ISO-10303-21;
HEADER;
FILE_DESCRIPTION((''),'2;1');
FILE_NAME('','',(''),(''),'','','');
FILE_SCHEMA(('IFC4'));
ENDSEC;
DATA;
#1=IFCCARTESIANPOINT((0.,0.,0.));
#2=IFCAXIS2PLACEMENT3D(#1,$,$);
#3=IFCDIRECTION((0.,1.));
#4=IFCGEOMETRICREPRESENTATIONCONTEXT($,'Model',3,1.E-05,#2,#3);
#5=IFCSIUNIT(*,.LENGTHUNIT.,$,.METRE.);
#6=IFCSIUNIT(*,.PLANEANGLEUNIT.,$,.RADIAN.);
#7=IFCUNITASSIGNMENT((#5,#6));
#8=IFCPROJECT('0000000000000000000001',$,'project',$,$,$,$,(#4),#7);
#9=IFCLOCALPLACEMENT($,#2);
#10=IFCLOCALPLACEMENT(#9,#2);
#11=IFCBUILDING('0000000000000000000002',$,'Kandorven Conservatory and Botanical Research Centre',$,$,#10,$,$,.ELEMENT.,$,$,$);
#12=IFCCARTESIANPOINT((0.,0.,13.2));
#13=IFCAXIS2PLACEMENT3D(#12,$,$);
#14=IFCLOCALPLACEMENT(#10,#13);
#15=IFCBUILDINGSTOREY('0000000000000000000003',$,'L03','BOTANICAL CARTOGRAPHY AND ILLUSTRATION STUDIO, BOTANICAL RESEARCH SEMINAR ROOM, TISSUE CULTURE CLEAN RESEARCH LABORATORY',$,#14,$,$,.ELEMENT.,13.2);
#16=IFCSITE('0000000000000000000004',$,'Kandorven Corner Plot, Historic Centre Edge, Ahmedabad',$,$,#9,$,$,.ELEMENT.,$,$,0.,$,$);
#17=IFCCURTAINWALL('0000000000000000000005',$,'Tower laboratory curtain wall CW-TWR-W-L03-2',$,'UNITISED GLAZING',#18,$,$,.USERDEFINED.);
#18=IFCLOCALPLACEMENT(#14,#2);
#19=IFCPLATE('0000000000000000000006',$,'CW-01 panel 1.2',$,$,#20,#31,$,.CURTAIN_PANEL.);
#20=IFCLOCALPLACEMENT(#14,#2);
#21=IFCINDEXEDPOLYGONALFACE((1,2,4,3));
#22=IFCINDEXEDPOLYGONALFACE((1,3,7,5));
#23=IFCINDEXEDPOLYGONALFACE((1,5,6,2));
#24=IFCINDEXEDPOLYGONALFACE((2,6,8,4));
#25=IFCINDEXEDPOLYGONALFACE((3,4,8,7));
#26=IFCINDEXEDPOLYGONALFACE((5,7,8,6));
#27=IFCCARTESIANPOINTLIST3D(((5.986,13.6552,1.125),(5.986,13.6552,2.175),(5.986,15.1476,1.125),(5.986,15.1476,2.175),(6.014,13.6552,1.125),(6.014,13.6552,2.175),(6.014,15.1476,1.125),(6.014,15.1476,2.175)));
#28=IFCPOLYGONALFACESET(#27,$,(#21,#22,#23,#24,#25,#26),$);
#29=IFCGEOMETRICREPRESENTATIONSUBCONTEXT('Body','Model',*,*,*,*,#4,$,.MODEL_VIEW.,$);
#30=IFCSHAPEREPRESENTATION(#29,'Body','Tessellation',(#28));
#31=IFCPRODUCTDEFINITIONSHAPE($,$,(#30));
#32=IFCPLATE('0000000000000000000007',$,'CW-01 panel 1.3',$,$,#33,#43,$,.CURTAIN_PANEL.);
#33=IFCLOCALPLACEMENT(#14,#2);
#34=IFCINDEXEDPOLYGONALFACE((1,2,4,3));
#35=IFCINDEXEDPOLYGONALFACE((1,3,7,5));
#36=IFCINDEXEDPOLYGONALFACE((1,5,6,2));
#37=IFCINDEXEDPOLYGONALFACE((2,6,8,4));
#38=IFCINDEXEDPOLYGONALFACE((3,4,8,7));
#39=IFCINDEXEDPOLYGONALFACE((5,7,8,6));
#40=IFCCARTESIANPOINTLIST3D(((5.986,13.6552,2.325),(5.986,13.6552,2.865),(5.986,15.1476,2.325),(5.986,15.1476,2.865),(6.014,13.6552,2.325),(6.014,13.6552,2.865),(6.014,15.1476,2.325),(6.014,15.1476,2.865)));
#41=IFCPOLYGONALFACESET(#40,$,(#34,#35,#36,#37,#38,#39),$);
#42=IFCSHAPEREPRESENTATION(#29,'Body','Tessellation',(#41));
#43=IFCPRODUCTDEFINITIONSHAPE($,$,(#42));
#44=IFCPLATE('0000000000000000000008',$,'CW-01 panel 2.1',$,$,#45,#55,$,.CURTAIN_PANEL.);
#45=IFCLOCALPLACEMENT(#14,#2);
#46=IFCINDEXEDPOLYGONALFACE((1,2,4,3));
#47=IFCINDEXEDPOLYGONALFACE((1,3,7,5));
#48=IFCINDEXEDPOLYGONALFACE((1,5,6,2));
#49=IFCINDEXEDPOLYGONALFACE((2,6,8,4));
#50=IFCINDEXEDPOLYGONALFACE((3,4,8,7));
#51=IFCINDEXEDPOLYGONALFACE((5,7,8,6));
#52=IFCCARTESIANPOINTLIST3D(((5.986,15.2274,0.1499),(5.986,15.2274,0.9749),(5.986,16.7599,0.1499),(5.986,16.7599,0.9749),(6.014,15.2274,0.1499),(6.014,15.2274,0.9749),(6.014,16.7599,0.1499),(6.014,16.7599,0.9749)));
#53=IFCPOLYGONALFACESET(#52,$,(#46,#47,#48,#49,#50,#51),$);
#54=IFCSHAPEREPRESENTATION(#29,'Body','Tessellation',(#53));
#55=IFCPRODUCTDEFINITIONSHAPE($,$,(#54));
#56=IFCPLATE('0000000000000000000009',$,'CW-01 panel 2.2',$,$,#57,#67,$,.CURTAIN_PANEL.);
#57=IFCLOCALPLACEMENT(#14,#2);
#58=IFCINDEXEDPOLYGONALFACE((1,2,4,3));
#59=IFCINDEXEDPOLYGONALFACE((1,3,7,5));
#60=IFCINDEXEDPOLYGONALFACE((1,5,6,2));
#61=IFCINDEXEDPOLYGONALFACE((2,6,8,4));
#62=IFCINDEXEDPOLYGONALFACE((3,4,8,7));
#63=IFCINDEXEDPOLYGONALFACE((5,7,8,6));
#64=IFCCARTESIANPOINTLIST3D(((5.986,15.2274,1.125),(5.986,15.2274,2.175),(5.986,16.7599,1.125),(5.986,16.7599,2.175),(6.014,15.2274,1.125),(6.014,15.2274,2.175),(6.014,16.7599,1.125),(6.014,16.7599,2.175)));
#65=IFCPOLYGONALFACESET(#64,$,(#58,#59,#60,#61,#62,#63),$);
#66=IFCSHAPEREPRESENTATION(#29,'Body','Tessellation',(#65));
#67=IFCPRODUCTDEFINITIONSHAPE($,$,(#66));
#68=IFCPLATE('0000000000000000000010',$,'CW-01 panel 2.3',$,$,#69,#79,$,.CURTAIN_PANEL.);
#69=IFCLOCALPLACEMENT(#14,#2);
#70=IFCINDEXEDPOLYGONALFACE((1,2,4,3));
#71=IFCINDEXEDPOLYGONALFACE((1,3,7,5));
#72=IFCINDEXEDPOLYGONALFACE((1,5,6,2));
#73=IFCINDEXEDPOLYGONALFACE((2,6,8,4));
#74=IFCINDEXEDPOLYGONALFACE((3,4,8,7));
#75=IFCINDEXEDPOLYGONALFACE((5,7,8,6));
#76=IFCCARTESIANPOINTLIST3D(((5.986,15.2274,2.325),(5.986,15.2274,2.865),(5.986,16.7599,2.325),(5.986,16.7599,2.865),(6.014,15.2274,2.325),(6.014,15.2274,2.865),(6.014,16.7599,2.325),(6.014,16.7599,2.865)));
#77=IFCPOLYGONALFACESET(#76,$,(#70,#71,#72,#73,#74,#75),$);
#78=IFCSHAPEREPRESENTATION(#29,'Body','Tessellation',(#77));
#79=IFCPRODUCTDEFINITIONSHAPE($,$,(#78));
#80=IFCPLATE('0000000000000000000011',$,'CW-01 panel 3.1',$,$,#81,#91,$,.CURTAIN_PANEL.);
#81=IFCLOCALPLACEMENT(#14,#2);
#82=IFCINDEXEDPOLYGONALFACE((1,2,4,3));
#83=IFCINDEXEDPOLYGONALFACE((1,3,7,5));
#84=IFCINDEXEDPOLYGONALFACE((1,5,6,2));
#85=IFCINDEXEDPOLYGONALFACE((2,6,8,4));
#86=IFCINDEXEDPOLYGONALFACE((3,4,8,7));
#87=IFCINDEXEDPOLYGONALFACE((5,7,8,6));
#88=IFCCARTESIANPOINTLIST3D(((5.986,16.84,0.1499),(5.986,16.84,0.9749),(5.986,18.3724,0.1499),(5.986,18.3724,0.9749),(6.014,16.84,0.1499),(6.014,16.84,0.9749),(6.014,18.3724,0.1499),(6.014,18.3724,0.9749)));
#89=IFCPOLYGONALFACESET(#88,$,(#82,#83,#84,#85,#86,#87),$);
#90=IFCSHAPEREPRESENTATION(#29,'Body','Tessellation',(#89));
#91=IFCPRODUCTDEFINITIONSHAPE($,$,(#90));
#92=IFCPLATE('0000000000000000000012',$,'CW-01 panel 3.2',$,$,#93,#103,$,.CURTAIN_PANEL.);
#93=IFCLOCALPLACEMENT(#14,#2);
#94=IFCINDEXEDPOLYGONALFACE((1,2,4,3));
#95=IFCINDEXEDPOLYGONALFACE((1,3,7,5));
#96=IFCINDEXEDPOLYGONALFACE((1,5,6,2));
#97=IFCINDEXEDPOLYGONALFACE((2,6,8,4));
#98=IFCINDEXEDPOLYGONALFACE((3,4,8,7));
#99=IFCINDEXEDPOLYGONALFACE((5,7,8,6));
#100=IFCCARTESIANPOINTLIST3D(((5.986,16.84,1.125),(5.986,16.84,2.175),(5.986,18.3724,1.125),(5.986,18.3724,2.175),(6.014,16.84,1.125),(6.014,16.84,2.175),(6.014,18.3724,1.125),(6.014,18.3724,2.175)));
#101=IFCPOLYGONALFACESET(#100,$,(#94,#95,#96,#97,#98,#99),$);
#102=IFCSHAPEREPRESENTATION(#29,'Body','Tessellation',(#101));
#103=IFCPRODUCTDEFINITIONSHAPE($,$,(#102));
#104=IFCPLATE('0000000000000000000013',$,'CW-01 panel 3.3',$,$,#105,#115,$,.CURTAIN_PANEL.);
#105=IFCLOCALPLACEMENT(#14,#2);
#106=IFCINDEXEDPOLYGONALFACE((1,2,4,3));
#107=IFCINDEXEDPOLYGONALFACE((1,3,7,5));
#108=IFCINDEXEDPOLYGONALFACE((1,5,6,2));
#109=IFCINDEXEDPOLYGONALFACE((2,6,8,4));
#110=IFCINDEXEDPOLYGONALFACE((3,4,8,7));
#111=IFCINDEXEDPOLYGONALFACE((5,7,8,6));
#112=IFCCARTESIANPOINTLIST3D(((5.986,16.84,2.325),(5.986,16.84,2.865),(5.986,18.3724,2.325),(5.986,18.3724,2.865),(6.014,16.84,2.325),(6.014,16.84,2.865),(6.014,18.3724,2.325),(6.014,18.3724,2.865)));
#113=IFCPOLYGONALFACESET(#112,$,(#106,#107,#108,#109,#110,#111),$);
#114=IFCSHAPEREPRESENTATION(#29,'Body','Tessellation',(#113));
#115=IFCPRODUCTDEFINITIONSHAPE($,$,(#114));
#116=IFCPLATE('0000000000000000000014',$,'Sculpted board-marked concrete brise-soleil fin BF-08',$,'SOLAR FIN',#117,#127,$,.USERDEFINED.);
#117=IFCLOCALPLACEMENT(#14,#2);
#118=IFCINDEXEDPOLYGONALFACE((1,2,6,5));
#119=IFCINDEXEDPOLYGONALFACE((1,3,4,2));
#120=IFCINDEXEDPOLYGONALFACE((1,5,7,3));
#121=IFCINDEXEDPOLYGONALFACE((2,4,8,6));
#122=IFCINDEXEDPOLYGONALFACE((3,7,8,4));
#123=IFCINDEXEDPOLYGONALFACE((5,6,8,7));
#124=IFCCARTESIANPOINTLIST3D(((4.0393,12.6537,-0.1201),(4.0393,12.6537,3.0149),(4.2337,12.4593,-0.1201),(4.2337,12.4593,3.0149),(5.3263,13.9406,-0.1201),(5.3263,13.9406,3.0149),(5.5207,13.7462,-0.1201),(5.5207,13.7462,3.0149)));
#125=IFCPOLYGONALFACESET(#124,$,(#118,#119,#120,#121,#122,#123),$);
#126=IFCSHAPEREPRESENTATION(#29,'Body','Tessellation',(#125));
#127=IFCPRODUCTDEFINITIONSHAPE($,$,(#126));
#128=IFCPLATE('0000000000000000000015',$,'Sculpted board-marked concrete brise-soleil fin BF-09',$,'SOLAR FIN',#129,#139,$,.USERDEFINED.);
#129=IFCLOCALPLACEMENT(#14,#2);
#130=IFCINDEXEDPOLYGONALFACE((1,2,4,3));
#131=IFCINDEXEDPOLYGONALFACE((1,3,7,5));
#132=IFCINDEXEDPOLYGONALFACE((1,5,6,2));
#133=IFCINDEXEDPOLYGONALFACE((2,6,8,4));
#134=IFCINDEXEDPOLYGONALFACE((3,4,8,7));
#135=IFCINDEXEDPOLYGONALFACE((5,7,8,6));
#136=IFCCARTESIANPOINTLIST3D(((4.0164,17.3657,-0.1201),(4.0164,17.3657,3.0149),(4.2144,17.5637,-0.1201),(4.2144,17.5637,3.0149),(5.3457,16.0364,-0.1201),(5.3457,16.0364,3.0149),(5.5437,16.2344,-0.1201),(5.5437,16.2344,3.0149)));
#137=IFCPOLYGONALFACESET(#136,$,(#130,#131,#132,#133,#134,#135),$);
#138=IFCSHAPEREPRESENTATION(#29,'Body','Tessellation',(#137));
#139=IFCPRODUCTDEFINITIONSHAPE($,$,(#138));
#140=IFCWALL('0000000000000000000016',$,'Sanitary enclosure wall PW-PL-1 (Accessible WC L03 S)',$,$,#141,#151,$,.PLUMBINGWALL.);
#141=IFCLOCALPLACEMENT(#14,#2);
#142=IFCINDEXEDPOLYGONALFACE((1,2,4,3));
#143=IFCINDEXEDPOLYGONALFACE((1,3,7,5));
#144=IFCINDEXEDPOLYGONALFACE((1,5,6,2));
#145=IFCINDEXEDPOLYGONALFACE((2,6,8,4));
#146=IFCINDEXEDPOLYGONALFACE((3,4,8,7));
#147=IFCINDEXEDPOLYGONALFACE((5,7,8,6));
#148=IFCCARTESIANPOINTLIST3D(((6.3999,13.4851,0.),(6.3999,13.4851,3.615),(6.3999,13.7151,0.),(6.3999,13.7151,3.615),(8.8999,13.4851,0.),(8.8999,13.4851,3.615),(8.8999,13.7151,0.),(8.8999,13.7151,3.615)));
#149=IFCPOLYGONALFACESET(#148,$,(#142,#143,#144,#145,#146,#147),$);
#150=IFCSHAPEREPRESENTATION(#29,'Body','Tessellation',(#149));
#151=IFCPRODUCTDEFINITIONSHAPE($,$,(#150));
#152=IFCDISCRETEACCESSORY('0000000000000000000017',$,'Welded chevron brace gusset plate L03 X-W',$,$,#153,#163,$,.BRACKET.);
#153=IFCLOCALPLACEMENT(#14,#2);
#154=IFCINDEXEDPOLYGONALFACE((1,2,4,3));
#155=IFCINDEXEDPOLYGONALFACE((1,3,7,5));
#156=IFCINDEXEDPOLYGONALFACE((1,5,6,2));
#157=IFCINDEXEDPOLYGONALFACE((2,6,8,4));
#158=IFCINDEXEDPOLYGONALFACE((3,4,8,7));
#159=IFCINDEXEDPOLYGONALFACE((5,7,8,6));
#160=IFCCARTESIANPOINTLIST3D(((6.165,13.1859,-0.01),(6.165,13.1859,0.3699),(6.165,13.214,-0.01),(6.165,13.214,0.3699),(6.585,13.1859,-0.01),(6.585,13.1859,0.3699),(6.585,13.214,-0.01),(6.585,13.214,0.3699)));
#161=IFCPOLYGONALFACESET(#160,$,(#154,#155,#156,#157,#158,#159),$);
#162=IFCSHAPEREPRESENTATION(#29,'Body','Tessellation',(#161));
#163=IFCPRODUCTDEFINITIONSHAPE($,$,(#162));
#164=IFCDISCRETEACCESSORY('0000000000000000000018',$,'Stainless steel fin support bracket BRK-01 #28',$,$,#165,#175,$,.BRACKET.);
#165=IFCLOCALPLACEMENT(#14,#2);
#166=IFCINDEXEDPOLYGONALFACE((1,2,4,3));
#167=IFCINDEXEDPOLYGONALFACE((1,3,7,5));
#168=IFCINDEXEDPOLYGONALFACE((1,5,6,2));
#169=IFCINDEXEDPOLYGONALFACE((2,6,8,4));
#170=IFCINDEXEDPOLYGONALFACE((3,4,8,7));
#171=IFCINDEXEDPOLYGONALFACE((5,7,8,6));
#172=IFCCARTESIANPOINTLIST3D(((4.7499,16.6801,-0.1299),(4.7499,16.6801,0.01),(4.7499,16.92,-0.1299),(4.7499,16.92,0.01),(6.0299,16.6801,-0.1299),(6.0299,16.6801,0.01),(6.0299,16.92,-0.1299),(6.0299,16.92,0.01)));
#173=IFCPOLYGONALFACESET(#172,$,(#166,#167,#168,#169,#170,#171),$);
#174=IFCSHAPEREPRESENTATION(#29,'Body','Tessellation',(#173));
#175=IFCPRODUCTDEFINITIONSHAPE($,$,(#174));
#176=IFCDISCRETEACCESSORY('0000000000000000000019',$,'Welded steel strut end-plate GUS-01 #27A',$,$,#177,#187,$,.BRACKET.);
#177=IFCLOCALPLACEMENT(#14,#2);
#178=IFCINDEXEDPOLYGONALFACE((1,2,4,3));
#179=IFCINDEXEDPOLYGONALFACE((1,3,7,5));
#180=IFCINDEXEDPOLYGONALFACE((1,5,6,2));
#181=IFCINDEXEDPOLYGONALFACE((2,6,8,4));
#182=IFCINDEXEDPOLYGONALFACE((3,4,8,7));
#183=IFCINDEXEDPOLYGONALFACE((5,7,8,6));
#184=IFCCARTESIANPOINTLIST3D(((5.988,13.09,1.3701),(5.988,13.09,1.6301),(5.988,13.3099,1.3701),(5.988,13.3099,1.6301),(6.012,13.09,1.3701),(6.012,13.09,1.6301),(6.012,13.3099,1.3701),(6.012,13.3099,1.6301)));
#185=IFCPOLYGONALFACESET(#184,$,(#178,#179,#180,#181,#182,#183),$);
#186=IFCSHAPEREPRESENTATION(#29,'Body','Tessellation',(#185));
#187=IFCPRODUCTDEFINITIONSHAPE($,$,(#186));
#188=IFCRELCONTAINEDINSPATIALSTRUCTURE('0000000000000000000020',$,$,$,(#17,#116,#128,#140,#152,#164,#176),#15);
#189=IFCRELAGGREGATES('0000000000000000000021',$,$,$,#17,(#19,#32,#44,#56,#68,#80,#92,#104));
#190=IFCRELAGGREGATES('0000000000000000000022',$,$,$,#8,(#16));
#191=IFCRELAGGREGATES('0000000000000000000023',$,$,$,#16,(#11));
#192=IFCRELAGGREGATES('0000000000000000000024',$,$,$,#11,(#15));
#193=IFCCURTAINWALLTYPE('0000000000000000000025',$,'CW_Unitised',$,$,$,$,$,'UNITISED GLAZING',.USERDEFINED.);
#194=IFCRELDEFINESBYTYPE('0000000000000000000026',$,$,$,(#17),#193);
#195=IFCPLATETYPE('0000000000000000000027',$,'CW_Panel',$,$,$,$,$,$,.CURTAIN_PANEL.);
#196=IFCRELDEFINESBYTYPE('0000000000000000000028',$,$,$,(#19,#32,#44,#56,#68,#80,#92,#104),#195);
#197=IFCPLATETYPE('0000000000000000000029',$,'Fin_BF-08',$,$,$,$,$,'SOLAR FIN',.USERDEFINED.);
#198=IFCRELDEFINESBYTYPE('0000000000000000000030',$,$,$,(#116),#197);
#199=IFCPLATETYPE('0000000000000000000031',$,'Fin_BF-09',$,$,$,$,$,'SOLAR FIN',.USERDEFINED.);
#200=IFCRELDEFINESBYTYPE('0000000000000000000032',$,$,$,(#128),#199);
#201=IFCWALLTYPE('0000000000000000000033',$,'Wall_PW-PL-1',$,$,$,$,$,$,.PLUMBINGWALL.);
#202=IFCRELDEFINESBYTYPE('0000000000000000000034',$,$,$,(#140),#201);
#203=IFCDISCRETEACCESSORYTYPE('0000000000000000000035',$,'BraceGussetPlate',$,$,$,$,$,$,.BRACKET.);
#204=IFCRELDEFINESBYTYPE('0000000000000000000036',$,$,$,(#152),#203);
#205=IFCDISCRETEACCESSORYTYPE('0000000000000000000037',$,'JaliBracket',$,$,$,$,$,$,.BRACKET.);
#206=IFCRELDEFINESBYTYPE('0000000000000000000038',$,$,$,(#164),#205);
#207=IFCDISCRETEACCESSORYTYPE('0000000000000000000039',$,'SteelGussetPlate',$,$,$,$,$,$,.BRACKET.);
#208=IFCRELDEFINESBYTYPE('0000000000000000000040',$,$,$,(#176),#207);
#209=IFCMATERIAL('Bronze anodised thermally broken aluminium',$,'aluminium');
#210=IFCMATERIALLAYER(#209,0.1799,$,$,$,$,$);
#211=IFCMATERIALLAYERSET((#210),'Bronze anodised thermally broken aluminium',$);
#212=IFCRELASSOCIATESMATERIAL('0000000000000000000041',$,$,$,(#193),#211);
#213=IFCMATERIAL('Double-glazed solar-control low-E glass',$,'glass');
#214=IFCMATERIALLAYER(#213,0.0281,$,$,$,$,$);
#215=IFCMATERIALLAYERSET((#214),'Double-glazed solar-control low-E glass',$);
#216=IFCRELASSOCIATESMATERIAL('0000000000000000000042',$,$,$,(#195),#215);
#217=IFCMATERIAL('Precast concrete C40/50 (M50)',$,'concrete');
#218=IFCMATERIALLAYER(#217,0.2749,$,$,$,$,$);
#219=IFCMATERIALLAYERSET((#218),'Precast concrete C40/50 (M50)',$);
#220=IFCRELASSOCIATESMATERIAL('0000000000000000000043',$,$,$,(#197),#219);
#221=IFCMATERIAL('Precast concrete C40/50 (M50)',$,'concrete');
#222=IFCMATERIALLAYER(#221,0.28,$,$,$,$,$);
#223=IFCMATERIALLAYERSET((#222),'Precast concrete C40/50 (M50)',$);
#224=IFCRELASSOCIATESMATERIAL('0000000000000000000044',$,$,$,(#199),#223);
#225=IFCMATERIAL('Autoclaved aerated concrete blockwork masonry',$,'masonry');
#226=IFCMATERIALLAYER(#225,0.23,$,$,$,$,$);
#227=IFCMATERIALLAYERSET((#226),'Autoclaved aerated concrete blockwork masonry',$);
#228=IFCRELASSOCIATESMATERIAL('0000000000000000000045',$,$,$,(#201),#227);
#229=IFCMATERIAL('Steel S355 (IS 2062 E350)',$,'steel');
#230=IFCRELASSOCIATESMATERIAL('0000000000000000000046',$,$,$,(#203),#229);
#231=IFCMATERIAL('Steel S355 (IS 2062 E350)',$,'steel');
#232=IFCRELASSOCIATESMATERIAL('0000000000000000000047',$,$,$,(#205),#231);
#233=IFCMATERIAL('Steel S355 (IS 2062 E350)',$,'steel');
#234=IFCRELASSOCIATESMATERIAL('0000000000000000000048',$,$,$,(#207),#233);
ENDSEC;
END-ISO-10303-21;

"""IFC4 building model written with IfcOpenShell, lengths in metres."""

from ifc_helpers import new_model, si_unit, direction, frame, frame_2d, origin, origin_2d, place, context, subcontext, project, spatial, rectangle, extrude, material, layer, layer_set, type_object, element, aggregate, save


model = new_model("IFC4")

# Units and contexts
model_context = context("Model", 3, precision=1e-05, world=origin(), true_north=direction((0.0, 1.0)))
body_context = subcontext(model_context, "Body", "Model", "MODEL_VIEW")
ifc_project = project(units=[si_unit("LENGTHUNIT", "METRE"), si_unit("PLANEANGLEUNIT", "RADIAN")], contexts=[model_context])

# Site, building, storey
site_placement = place(None, origin())
site = spatial("IfcSite", under=ifc_project, at=site_placement, Name="Kandorven Corner Plot, Historic Centre Edge, Ahmedabad", CompositionType="ELEMENT", RefElevation=0.0)
building_placement = place(site_placement, origin())
building = spatial("IfcBuilding", under=site, at=building_placement, Name="Kandorven Conservatory and Botanical Research Centre", CompositionType="ELEMENT")
storey_placement = place(building_placement, frame((0.0, 0.0, 13.2)))
storey = spatial("IfcBuildingStorey", under=building, at=storey_placement, Name="L03", Description="BOTANICAL CARTOGRAPHY AND ILLUSTRATION STUDIO, BOTANICAL RESEARCH SEMINAR ROOM, TISSUE CULTURE CLEAN RESEARCH LABORATORY", CompositionType="ELEMENT", Elevation=13.2)

# Curtain wall
ifc_material_1 = material(Name="Bronze anodised thermally broken aluminium", Category="aluminium")
ifc_layer_1 = layer(ifc_material_1, 0.1799)
ifc_layer_set_1 = layer_set([ifc_layer_1], Name="Bronze anodised thermally broken aluminium")
curtain_wall_type = type_object("IfcCurtainWallType", Name="CW_Unitised", ElementType="UNITISED GLAZING", PredefinedType="USERDEFINED", material=ifc_layer_set_1)
curtain_wall_placement = place(storey_placement, origin())
curtain_wall = element("IfcCurtainWall", 1, at=curtain_wall_placement, inside=storey, type_object=curtain_wall_type, Name="Tower laboratory curtain wall CW-TWR-W-L03-2", ObjectType="UNITISED GLAZING", PredefinedType="USERDEFINED")

# Plates
ifc_material_2 = material(Name="Double-glazed solar-control low-E glass", Category="glass")
ifc_layer_2 = layer(ifc_material_2, 0.0281)
ifc_layer_set_2 = layer_set([ifc_layer_2], Name="Double-glazed solar-control low-E glass")
plate_type_1 = type_object("IfcPlateType", Name="CW_Panel", PredefinedType="CURTAIN_PANEL", material=ifc_layer_set_2)
plate_1_placement = place(storey_placement, frame((6.0, 14.4014, 1.125), z_axis=(0.0, 0.0, 1.0), x_axis=(0.0, 1.0, 0.0)))
plate_1 = element("IfcPlate", 2, at=plate_1_placement, type_object=plate_type_1, Name="CW-01 panel 1.2", PredefinedType="CURTAIN_PANEL", context=body_context, shape_type="SweptSolid", body=[
    extrude(rectangle(XDim=1.4924, YDim=0.0281, at=origin_2d()), origin(), (0.0, 0.0, 1.0), 1.05),
])
plate_2_placement = place(storey_placement, frame((6.0, 14.4014, 2.325), z_axis=(0.0, 0.0, 1.0), x_axis=(0.0, 1.0, 0.0)))
plate_2 = element("IfcPlate", 3, at=plate_2_placement, type_object=plate_type_1, Name="CW-01 panel 1.3", PredefinedType="CURTAIN_PANEL", context=body_context, shape_type="SweptSolid", body=[
    extrude(rectangle(XDim=1.4924, YDim=0.0281, at=origin_2d()), origin(), (0.0, 0.0, 1.0), 0.54),
])
plate_3_placement = place(storey_placement, frame((6.0, 15.9937, 0.1499), z_axis=(0.0, 0.0, 1.0), x_axis=(0.0, 1.0, 0.0)))
plate_3 = element("IfcPlate", 4, at=plate_3_placement, type_object=plate_type_1, Name="CW-01 panel 2.1", PredefinedType="CURTAIN_PANEL", context=body_context, shape_type="SweptSolid", body=[
    extrude(rectangle(XDim=1.5325, YDim=0.0281, at=origin_2d()), origin(), (0.0, 0.0, 1.0), 0.825),
])
plate_4_placement = place(storey_placement, frame((6.0, 15.9937, 1.125), z_axis=(0.0, 0.0, 1.0), x_axis=(0.0, 1.0, 0.0)))
plate_4 = element("IfcPlate", 5, at=plate_4_placement, type_object=plate_type_1, Name="CW-01 panel 2.2", PredefinedType="CURTAIN_PANEL", context=body_context, shape_type="SweptSolid", body=[
    extrude(rectangle(XDim=1.5325, YDim=0.0281, at=origin_2d()), origin(), (0.0, 0.0, 1.0), 1.05),
])
plate_5_placement = place(storey_placement, frame((6.0, 15.9937, 2.325), z_axis=(0.0, 0.0, 1.0), x_axis=(0.0, 1.0, 0.0)))
plate_5 = element("IfcPlate", 6, at=plate_5_placement, type_object=plate_type_1, Name="CW-01 panel 2.3", PredefinedType="CURTAIN_PANEL", context=body_context, shape_type="SweptSolid", body=[
    extrude(rectangle(XDim=1.5325, YDim=0.0281, at=origin_2d()), origin(), (0.0, 0.0, 1.0), 0.54),
])
plate_6_placement = place(storey_placement, frame((6.0, 17.6062, 0.1499), z_axis=(0.0, 0.0, 1.0), x_axis=(0.0, 1.0, 0.0)))
plate_6 = element("IfcPlate", 7, at=plate_6_placement, type_object=plate_type_1, Name="CW-01 panel 3.1", PredefinedType="CURTAIN_PANEL", context=body_context, shape_type="SweptSolid", body=[
    extrude(rectangle(XDim=1.5325, YDim=0.0281, at=origin_2d()), origin(), (0.0, 0.0, 1.0), 0.825),
])
plate_7_placement = place(storey_placement, frame((6.0, 17.6062, 1.125), z_axis=(0.0, 0.0, 1.0), x_axis=(0.0, 1.0, 0.0)))
plate_7 = element("IfcPlate", 8, at=plate_7_placement, type_object=plate_type_1, Name="CW-01 panel 3.2", PredefinedType="CURTAIN_PANEL", context=body_context, shape_type="SweptSolid", body=[
    extrude(rectangle(XDim=1.5325, YDim=0.0281, at=origin_2d()), origin(), (0.0, 0.0, 1.0), 1.05),
])
plate_8_placement = place(storey_placement, frame((6.0, 17.6062, 2.325), z_axis=(0.0, 0.0, 1.0), x_axis=(0.0, 1.0, 0.0)))
plate_8 = element("IfcPlate", 9, at=plate_8_placement, type_object=plate_type_1, Name="CW-01 panel 3.3", PredefinedType="CURTAIN_PANEL", context=body_context, shape_type="SweptSolid", body=[
    extrude(rectangle(XDim=1.5325, YDim=0.0281, at=origin_2d()), origin(), (0.0, 0.0, 1.0), 0.54),
])
aggregate(curtain_wall, [plate_1, plate_2, plate_3, plate_4, plate_5, plate_6, plate_7, plate_8])

# Plates
ifc_material_3 = material(Name="Precast concrete C40/50 (M50)", Category="concrete")
ifc_layer_3 = layer(ifc_material_3, 0.2749)
ifc_layer_set_3 = layer_set([ifc_layer_3], Name="Precast concrete C40/50 (M50)")
plate_type_2 = type_object("IfcPlateType", Name="Fin_BF-08", ElementType="SOLAR FIN", PredefinedType="USERDEFINED", material=ifc_layer_set_3)
plate_9_placement = place(storey_placement, frame((4.78, 13.2, -0.1201), z_axis=(0.0, 0.0, 1.0), x_axis=(0.707107, 0.707107, 0.0)))
element("IfcPlate", 10, at=plate_9_placement, inside=storey, type_object=plate_type_2, Name="Sculpted board-marked concrete brise-soleil fin BF-08", ObjectType="SOLAR FIN", PredefinedType="USERDEFINED", context=body_context, shape_type="SweptSolid", body=[
    extrude(rectangle(XDim=1.8201, YDim=0.2749, at=origin_2d()), origin(), (0.0, 0.0, 1.0), 3.135),
])
ifc_material_4 = material(Name="Precast concrete C40/50 (M50)", Category="concrete")
ifc_layer_4 = layer(ifc_material_4, 0.28)
ifc_layer_set_4 = layer_set([ifc_layer_4], Name="Precast concrete C40/50 (M50)")
plate_type_3 = type_object("IfcPlateType", Name="Fin_BF-09", ElementType="SOLAR FIN", PredefinedType="USERDEFINED", material=ifc_layer_set_4)
plate_10_placement = place(storey_placement, frame((4.78, 16.8, -0.1201), z_axis=(0.0, 0.0, 1.0), x_axis=(-0.707107, 0.707107, 0.0)))
element("IfcPlate", 11, at=plate_10_placement, inside=storey, type_object=plate_type_3, Name="Sculpted board-marked concrete brise-soleil fin BF-09", ObjectType="SOLAR FIN", PredefinedType="USERDEFINED", context=body_context, shape_type="SweptSolid", body=[
    extrude(rectangle(XDim=1.8799, YDim=0.28, at=origin_2d()), origin(), (0.0, 0.0, 1.0), 3.135),
])

# Wall
ifc_material_5 = material(Name="Autoclaved aerated concrete blockwork masonry", Category="masonry")
ifc_layer_5 = layer(ifc_material_5, 0.23)
ifc_layer_set_5 = layer_set([ifc_layer_5], Name="Autoclaved aerated concrete blockwork masonry")
wall_type = type_object("IfcWallType", Name="Wall_PW-PL-1", PredefinedType="PLUMBINGWALL", material=ifc_layer_set_5)
wall_placement = place(storey_placement, frame((6.3999, 13.6001, 0.0), z_axis=(0.0, 0.0, 1.0), x_axis=(1.0, 0.0, 0.0)))
element("IfcWall", 12, at=wall_placement, inside=storey, type_object=wall_type, Name="Sanitary enclosure wall PW-PL-1 (Accessible WC L03 S)", PredefinedType="PLUMBINGWALL", context=body_context, shape_type="SweptSolid", body=[
    extrude(rectangle(XDim=2.5, YDim=0.23, at=frame_2d((1.25, 0.0))), origin(), (0.0, 0.0, 1.0), 3.615),
])

# Discrete accessories
ifc_material_6 = material(Name="Steel S355 (IS 2062 E350)", Category="steel")
discrete_accessory_type_1 = type_object("IfcDiscreteAccessoryType", Name="BraceGussetPlate", PredefinedType="BRACKET", material=ifc_material_6)
discrete_accessory_1_placement = place(storey_placement, frame((6.375, 13.2, -0.01), z_axis=(0.0, 0.0, 1.0), x_axis=(1.0, 0.0, 0.0)))
element("IfcDiscreteAccessory", 13, at=discrete_accessory_1_placement, inside=storey, type_object=discrete_accessory_type_1, Name="Welded chevron brace gusset plate L03 X-W", PredefinedType="BRACKET", context=body_context, shape_type="SweptSolid", body=[
    extrude(rectangle(XDim=0.4199, YDim=0.0281, at=origin_2d()), origin(), (0.0, 0.0, 1.0), 0.3799),
])
ifc_material_7 = material(Name="Steel S355 (IS 2062 E350)", Category="steel")
discrete_accessory_type_2 = type_object("IfcDiscreteAccessoryType", Name="JaliBracket", PredefinedType="BRACKET", material=ifc_material_7)
discrete_accessory_2_placement = place(storey_placement, frame((5.3899, 16.8, -0.1299), z_axis=(0.0, 0.0, 1.0), x_axis=(1.0, 0.0, 0.0)))
element("IfcDiscreteAccessory", 14, at=discrete_accessory_2_placement, inside=storey, type_object=discrete_accessory_type_2, Name="Stainless steel fin support bracket BRK-01 #28", PredefinedType="BRACKET", context=body_context, shape_type="SweptSolid", body=[
    extrude(rectangle(XDim=1.28, YDim=0.24, at=origin_2d()), origin(), (0.0, 0.0, 1.0), 0.1399),
])
ifc_material_8 = material(Name="Steel S355 (IS 2062 E350)", Category="steel")
discrete_accessory_type_3 = type_object("IfcDiscreteAccessoryType", Name="SteelGussetPlate", PredefinedType="BRACKET", material=ifc_material_8)
for number, where, z_axis, x_axis, name in (
    (15, (6.0, 13.2, 1.3701), (0.0, 0.0, 1.0), (1.0, 0.0, 0.0), "Welded steel strut end-plate GUS-01 #27A"),
):
    element("IfcDiscreteAccessory", number, at=place(storey_placement, frame(where, z_axis=z_axis, x_axis=x_axis)), inside=storey, type_object=discrete_accessory_type_3, Name=name, PredefinedType="BRACKET", context=body_context, shape_type="SweptSolid", body=[
        extrude(rectangle(XDim=0.0239, YDim=0.22, at=origin_2d()), origin(), (0.0, 0.0, 1.0), 0.26),
    ])

save(model, "model.ifc")
